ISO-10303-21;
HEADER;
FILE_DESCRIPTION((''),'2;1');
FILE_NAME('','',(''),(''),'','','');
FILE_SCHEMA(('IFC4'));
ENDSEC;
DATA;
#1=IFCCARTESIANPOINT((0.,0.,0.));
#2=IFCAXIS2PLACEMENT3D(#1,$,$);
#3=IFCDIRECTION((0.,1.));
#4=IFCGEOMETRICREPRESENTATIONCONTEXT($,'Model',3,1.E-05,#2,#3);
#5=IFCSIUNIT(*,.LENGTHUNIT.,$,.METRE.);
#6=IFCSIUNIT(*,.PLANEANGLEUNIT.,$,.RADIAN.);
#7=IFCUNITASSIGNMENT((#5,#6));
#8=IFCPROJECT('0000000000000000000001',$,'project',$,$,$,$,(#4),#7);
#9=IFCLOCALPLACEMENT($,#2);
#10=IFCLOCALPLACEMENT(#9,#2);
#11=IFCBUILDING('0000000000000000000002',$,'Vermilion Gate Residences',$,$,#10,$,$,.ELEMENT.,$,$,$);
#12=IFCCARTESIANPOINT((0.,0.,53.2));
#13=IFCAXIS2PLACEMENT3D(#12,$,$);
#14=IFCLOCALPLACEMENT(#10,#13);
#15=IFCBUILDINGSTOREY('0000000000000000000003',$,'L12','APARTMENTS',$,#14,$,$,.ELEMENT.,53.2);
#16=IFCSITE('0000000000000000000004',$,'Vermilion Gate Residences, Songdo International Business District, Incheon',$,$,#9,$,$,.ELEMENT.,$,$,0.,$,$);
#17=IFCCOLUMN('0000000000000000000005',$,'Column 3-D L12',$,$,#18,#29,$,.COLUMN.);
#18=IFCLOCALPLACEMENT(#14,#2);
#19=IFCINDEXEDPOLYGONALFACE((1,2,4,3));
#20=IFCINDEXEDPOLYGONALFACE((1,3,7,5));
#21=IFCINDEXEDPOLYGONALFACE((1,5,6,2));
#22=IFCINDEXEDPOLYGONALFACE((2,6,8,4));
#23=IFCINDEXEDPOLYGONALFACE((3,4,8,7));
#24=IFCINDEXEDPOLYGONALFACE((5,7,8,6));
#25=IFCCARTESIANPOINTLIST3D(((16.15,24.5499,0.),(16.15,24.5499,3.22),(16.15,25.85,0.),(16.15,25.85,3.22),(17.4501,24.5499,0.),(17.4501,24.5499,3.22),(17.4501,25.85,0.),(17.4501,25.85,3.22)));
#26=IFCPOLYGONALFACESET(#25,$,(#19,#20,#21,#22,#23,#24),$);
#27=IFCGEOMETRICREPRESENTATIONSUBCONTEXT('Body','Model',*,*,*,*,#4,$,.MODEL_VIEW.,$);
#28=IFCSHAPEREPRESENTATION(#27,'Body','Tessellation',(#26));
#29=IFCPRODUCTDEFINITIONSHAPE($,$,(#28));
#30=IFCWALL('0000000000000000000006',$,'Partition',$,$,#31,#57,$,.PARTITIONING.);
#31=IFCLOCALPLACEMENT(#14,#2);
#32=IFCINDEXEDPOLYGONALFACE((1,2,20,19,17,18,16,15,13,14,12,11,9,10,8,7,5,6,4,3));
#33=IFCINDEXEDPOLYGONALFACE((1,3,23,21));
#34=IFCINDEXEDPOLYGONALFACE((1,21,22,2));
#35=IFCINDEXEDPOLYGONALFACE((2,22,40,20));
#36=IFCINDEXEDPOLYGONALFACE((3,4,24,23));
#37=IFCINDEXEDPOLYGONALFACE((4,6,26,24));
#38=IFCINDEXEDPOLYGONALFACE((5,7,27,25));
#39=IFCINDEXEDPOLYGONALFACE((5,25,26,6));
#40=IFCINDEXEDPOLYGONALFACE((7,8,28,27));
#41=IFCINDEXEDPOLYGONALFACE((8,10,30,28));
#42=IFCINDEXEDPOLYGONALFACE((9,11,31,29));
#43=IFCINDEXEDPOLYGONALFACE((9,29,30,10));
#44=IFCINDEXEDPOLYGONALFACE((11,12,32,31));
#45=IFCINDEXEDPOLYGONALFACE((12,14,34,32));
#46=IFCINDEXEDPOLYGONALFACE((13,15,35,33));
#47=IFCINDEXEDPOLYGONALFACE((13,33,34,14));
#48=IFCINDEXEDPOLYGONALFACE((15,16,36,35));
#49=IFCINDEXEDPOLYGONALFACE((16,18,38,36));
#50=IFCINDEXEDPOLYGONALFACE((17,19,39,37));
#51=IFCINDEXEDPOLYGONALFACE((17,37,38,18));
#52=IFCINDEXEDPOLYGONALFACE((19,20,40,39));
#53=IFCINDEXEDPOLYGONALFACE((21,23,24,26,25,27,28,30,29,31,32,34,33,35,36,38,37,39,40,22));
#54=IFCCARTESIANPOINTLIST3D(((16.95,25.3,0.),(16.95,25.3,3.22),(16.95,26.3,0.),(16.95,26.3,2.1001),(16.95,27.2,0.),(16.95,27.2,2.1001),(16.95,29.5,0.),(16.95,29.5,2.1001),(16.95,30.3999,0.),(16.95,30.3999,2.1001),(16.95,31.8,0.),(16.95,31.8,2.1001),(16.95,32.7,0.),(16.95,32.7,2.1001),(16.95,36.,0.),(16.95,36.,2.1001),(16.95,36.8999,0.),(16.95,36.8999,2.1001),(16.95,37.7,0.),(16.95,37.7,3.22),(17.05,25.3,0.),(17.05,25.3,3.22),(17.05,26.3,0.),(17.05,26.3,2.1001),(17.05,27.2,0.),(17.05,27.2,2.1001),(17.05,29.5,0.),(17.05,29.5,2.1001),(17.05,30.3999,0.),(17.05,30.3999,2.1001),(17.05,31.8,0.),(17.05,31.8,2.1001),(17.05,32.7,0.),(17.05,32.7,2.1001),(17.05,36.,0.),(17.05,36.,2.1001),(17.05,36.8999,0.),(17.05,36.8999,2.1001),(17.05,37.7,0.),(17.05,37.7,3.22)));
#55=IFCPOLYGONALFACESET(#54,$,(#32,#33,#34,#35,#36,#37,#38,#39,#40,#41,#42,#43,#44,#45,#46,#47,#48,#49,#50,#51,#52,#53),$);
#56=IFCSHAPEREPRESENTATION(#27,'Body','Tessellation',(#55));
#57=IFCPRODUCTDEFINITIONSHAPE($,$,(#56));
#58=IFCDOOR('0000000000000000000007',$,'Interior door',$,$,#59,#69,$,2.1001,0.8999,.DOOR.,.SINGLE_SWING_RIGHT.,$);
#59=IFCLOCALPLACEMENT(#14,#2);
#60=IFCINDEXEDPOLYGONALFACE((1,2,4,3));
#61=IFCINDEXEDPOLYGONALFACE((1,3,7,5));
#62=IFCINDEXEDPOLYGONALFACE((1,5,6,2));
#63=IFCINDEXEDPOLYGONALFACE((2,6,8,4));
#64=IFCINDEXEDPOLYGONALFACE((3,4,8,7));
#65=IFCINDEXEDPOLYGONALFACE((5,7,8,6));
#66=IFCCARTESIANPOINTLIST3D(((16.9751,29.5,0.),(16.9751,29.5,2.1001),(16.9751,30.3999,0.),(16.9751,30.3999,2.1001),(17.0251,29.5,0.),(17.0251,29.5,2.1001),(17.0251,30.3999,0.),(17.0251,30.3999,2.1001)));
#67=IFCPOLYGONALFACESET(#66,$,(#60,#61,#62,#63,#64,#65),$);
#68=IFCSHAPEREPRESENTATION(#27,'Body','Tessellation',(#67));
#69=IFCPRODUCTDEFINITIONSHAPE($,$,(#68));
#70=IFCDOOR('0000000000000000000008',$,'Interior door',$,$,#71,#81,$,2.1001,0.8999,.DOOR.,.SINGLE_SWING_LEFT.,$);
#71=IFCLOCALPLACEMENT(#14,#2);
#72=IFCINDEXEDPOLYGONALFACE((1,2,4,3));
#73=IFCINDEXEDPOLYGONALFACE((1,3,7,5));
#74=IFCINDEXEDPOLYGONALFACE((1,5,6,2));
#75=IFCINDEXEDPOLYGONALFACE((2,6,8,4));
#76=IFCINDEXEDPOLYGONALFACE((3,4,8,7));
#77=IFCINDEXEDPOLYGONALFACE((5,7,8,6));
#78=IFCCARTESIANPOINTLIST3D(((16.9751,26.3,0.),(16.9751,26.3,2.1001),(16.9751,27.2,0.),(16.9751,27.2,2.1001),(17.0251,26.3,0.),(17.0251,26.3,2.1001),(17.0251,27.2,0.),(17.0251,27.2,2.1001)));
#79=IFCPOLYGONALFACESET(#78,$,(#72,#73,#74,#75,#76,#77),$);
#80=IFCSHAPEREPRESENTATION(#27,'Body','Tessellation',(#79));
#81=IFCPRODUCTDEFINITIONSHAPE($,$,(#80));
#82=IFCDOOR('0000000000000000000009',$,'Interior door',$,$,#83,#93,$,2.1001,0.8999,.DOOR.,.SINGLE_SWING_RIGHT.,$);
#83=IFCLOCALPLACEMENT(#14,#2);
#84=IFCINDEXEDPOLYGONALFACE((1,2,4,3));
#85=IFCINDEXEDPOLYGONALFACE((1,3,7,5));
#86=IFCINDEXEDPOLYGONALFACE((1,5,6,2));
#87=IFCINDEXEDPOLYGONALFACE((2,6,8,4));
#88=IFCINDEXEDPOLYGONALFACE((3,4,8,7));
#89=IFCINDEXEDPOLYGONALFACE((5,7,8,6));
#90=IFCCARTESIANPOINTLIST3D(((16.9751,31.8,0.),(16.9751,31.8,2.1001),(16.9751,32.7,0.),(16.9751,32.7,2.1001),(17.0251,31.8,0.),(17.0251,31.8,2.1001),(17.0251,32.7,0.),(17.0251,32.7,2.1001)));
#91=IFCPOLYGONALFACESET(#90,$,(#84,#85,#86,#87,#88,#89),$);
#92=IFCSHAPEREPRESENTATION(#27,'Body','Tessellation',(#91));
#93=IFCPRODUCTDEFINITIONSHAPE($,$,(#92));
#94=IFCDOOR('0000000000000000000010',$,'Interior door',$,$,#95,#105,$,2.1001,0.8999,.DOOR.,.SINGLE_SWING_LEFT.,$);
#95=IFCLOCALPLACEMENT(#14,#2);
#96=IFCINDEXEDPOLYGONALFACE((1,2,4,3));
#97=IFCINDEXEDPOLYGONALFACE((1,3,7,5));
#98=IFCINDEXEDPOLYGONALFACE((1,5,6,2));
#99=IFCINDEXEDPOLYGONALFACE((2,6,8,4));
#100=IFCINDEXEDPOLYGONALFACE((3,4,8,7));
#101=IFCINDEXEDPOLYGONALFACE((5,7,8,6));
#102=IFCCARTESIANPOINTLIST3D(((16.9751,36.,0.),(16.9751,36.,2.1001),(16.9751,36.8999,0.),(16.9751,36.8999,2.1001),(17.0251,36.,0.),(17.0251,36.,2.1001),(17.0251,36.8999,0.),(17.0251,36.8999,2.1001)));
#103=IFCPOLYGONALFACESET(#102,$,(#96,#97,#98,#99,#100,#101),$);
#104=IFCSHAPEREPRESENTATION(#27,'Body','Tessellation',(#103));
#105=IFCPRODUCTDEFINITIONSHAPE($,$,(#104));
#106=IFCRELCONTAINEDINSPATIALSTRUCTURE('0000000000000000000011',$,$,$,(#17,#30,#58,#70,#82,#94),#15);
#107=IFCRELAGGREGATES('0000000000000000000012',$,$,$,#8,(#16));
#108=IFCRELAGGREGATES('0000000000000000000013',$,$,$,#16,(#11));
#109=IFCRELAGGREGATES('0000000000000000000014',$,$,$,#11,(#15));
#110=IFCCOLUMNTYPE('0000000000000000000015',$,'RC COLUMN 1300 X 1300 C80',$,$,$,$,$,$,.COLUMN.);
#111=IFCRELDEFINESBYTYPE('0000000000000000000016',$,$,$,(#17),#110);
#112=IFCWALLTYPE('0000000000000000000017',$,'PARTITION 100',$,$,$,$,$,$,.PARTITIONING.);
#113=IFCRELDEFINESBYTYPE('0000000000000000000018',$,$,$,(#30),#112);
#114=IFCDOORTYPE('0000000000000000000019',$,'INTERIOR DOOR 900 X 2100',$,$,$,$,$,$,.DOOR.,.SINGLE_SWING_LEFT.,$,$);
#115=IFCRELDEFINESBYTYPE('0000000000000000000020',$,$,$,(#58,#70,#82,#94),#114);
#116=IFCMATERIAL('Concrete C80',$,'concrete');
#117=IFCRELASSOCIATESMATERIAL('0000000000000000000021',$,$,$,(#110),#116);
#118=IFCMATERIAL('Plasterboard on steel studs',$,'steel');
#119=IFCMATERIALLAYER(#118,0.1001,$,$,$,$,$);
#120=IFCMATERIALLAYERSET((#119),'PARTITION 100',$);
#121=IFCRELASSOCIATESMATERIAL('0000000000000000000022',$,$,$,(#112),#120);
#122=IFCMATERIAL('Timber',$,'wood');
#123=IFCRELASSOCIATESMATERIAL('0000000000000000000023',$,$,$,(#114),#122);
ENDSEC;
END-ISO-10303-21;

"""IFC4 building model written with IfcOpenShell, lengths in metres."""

from ifc_helpers import new_model, si_unit, direction, frame, frame_2d, origin, origin_2d, place, context, subcontext, project, spatial, rectangle, extrude, material, layer, layer_set, material_profile, profile_set, type_object, element, fill, save


model = new_model("IFC4")

# Units and contexts
model_context = context("Model", 3, precision=1e-05, world=origin(), true_north=direction((0.0, 1.0)))
body_context = subcontext(model_context, "Body", "Model", "MODEL_VIEW")
ifc_project = project(units=[si_unit("LENGTHUNIT", "METRE"), si_unit("PLANEANGLEUNIT", "RADIAN")], contexts=[model_context])

# Site, building, storey
site_placement = place(None, origin())
site = spatial("IfcSite", under=ifc_project, at=site_placement, Name="Vermilion Gate Residences, Songdo International Business District, Incheon", CompositionType="ELEMENT", RefElevation=0.0)
building_placement = place(site_placement, origin())
building = spatial("IfcBuilding", under=site, at=building_placement, Name="Vermilion Gate Residences", CompositionType="ELEMENT")
storey_placement = place(building_placement, frame((0.0, 0.0, 53.2)))
storey = spatial("IfcBuildingStorey", under=building, at=storey_placement, Name="L12", Description="APARTMENTS", CompositionType="ELEMENT", Elevation=53.2)

# Column
ifc_material_1 = material(Name="Concrete C80", Category="concrete")
ifc_material_profile = material_profile(ifc_material_1, rectangle(XDim=1.3, YDim=1.3, at=origin_2d()), Name="RC-1300x1300")
ifc_profile_set = profile_set([ifc_material_profile], Name="Concrete C80")
column_type = type_object("IfcColumnType", Name="RC COLUMN 1300 X 1300 C80", PredefinedType="COLUMN", material=ifc_profile_set)
column_placement = place(storey_placement, frame((16.8, 25.2, 0.0), z_axis=(0.0, 0.0, 1.0), x_axis=(1.0, 0.0, 0.0)))
element("IfcColumn", 1, at=column_placement, inside=storey, type_object=column_type, Name="Column 3-D L12", PredefinedType="COLUMN", context=body_context, shape_type="SweptSolid", body=[
    extrude(rectangle(XDim=1.3, YDim=1.3, at=origin_2d()), origin(), (0.0, 0.0, 1.0), 3.22),
])

# Wall, openings, doors
ifc_material_2 = material(Name="Plasterboard on steel studs", Category="steel")
ifc_layer_1 = layer(ifc_material_2, 0.1001)
ifc_layer_set_1 = layer_set([ifc_layer_1], Name="PARTITION 100")
wall_type_1 = type_object("IfcWallType", Name="PARTITION 100", PredefinedType="PARTITIONING", material=ifc_layer_set_1)
wall_1_placement = place(storey_placement, frame((17.0, 25.3, 0.0), z_axis=(0.0, 0.0, 1.0), x_axis=(0.0, 1.0, 0.0)))
wall_1 = element("IfcWall", 2, at=wall_1_placement, inside=storey, type_object=wall_type_1, Name="Partition", PredefinedType="PARTITIONING", context=body_context, shape_type="SweptSolid", body=[
    extrude(rectangle(XDim=12.3999, YDim=0.1001, at=frame_2d((6.2, 0.0))), origin(), (0.0, 0.0, 1.0), 3.22),
])
opening_1_placement = place(wall_1_placement, frame((4.2, 0.0, 0.0)))
opening_1 = element("IfcOpeningElement", 3, at=opening_1_placement, cuts=wall_1, PredefinedType="OPENING", context=body_context, shape_type="SweptSolid", body=[
    extrude(rectangle(XDim=0.8999, YDim=2.1001, at=frame_2d((0.45, 1.05))), frame((0.0, 0.0601, 0.0), z_axis=(0.0, -1.0, 0.0), x_axis=(1.0, 0.0, 0.0)), (0.0, 0.0, 1.0), 0.1201),
])
opening_2_placement = place(wall_1_placement, frame((1.0, 0.0, 0.0)))
opening_2 = element("IfcOpeningElement", 4, at=opening_2_placement, cuts=wall_1, PredefinedType="OPENING", context=body_context, shape_type="SweptSolid", body=[
    extrude(rectangle(XDim=0.8999, YDim=2.1001, at=frame_2d((0.45, 1.05))), frame((0.0, 0.0601, 0.0), z_axis=(0.0, -1.0, 0.0), x_axis=(1.0, 0.0, 0.0)), (0.0, 0.0, 1.0), 0.1201),
])
opening_3_placement = place(wall_1_placement, frame((6.5, 0.0, 0.0)))
opening_3 = element("IfcOpeningElement", 5, at=opening_3_placement, cuts=wall_1, PredefinedType="OPENING", context=body_context, shape_type="SweptSolid", body=[
    extrude(rectangle(XDim=0.8999, YDim=2.1001, at=frame_2d((0.45, 1.05))), frame((0.0, 0.0601, 0.0), z_axis=(0.0, -1.0, 0.0), x_axis=(1.0, 0.0, 0.0)), (0.0, 0.0, 1.0), 0.1201),
])
opening_4_placement = place(wall_1_placement, frame((10.7, 0.0, 0.0)))
opening_4 = element("IfcOpeningElement", 6, at=opening_4_placement, cuts=wall_1, PredefinedType="OPENING", context=body_context, shape_type="SweptSolid", body=[
    extrude(rectangle(XDim=0.8999, YDim=2.1001, at=frame_2d((0.45, 1.05))), frame((0.0, 0.0601, 0.0), z_axis=(0.0, -1.0, 0.0), x_axis=(1.0, 0.0, 0.0)), (0.0, 0.0, 1.0), 0.1201),
])
ifc_material_3 = material(Name="Timber", Category="wood")
door_type_1 = type_object("IfcDoorType", Name="INTERIOR DOOR 900 X 2100", OperationType="SINGLE_SWING_LEFT", PredefinedType="DOOR", material=ifc_material_3)
door_1_placement = place(opening_1_placement, origin())
door_1 = element("IfcDoor", 7, at=door_1_placement, inside=storey, type_object=door_type_1, Name="Interior door", OperationType="SINGLE_SWING_RIGHT", OverallHeight=2.1001, OverallWidth=0.8999, PredefinedType="DOOR", context=body_context, shape_type="SweptSolid", body=[
    extrude(rectangle(XDim=0.8999, YDim=2.1001, at=frame_2d((0.45, 1.05))), frame((0.0, 0.0249, 0.0), z_axis=(0.0, -1.0, 0.0), x_axis=(1.0, 0.0, 0.0)), (0.0, 0.0, 1.0), 0.05),
])
fill(opening_1, door_1)
door_2_placement = place(opening_2_placement, origin())
door_2 = element("IfcDoor", 8, at=door_2_placement, inside=storey, type_object=door_type_1, Name="Interior door", OperationType="SINGLE_SWING_LEFT", OverallHeight=2.1001, OverallWidth=0.8999, PredefinedType="DOOR", context=body_context, shape_type="SweptSolid", body=[
    extrude(rectangle(XDim=0.8999, YDim=2.1001, at=frame_2d((0.45, 1.05))), frame((0.0, 0.0249, 0.0), z_axis=(0.0, -1.0, 0.0), x_axis=(1.0, 0.0, 0.0)), (0.0, 0.0, 1.0), 0.05),
])
fill(opening_2, door_2)
door_3_placement = place(opening_3_placement, origin())
door_3 = element("IfcDoor", 9, at=door_3_placement, inside=storey, type_object=door_type_1, Name="Interior door", OperationType="SINGLE_SWING_RIGHT", OverallHeight=2.1001, OverallWidth=0.8999, PredefinedType="DOOR", context=body_context, shape_type="SweptSolid", body=[
    extrude(rectangle(XDim=0.8999, YDim=2.1001, at=frame_2d((0.45, 1.05))), frame((0.0, 0.0249, 0.0), z_axis=(0.0, -1.0, 0.0), x_axis=(1.0, 0.0, 0.0)), (0.0, 0.0, 1.0), 0.05),
])
fill(opening_3, door_3)
door_4_placement = place(opening_4_placement, origin())
door_4 = element("IfcDoor", 10, at=door_4_placement, inside=storey, type_object=door_type_1, Name="Interior door", OperationType="SINGLE_SWING_LEFT", OverallHeight=2.1001, OverallWidth=0.8999, PredefinedType="DOOR", context=body_context, shape_type="SweptSolid", body=[
    extrude(rectangle(XDim=0.8999, YDim=2.1001, at=frame_2d((0.45, 1.05))), frame((0.0, 0.0249, 0.0), z_axis=(0.0, -1.0, 0.0), x_axis=(1.0, 0.0, 0.0)), (0.0, 0.0, 1.0), 0.05),
])
fill(opening_4, door_4)

save(model, "model.ifc")
